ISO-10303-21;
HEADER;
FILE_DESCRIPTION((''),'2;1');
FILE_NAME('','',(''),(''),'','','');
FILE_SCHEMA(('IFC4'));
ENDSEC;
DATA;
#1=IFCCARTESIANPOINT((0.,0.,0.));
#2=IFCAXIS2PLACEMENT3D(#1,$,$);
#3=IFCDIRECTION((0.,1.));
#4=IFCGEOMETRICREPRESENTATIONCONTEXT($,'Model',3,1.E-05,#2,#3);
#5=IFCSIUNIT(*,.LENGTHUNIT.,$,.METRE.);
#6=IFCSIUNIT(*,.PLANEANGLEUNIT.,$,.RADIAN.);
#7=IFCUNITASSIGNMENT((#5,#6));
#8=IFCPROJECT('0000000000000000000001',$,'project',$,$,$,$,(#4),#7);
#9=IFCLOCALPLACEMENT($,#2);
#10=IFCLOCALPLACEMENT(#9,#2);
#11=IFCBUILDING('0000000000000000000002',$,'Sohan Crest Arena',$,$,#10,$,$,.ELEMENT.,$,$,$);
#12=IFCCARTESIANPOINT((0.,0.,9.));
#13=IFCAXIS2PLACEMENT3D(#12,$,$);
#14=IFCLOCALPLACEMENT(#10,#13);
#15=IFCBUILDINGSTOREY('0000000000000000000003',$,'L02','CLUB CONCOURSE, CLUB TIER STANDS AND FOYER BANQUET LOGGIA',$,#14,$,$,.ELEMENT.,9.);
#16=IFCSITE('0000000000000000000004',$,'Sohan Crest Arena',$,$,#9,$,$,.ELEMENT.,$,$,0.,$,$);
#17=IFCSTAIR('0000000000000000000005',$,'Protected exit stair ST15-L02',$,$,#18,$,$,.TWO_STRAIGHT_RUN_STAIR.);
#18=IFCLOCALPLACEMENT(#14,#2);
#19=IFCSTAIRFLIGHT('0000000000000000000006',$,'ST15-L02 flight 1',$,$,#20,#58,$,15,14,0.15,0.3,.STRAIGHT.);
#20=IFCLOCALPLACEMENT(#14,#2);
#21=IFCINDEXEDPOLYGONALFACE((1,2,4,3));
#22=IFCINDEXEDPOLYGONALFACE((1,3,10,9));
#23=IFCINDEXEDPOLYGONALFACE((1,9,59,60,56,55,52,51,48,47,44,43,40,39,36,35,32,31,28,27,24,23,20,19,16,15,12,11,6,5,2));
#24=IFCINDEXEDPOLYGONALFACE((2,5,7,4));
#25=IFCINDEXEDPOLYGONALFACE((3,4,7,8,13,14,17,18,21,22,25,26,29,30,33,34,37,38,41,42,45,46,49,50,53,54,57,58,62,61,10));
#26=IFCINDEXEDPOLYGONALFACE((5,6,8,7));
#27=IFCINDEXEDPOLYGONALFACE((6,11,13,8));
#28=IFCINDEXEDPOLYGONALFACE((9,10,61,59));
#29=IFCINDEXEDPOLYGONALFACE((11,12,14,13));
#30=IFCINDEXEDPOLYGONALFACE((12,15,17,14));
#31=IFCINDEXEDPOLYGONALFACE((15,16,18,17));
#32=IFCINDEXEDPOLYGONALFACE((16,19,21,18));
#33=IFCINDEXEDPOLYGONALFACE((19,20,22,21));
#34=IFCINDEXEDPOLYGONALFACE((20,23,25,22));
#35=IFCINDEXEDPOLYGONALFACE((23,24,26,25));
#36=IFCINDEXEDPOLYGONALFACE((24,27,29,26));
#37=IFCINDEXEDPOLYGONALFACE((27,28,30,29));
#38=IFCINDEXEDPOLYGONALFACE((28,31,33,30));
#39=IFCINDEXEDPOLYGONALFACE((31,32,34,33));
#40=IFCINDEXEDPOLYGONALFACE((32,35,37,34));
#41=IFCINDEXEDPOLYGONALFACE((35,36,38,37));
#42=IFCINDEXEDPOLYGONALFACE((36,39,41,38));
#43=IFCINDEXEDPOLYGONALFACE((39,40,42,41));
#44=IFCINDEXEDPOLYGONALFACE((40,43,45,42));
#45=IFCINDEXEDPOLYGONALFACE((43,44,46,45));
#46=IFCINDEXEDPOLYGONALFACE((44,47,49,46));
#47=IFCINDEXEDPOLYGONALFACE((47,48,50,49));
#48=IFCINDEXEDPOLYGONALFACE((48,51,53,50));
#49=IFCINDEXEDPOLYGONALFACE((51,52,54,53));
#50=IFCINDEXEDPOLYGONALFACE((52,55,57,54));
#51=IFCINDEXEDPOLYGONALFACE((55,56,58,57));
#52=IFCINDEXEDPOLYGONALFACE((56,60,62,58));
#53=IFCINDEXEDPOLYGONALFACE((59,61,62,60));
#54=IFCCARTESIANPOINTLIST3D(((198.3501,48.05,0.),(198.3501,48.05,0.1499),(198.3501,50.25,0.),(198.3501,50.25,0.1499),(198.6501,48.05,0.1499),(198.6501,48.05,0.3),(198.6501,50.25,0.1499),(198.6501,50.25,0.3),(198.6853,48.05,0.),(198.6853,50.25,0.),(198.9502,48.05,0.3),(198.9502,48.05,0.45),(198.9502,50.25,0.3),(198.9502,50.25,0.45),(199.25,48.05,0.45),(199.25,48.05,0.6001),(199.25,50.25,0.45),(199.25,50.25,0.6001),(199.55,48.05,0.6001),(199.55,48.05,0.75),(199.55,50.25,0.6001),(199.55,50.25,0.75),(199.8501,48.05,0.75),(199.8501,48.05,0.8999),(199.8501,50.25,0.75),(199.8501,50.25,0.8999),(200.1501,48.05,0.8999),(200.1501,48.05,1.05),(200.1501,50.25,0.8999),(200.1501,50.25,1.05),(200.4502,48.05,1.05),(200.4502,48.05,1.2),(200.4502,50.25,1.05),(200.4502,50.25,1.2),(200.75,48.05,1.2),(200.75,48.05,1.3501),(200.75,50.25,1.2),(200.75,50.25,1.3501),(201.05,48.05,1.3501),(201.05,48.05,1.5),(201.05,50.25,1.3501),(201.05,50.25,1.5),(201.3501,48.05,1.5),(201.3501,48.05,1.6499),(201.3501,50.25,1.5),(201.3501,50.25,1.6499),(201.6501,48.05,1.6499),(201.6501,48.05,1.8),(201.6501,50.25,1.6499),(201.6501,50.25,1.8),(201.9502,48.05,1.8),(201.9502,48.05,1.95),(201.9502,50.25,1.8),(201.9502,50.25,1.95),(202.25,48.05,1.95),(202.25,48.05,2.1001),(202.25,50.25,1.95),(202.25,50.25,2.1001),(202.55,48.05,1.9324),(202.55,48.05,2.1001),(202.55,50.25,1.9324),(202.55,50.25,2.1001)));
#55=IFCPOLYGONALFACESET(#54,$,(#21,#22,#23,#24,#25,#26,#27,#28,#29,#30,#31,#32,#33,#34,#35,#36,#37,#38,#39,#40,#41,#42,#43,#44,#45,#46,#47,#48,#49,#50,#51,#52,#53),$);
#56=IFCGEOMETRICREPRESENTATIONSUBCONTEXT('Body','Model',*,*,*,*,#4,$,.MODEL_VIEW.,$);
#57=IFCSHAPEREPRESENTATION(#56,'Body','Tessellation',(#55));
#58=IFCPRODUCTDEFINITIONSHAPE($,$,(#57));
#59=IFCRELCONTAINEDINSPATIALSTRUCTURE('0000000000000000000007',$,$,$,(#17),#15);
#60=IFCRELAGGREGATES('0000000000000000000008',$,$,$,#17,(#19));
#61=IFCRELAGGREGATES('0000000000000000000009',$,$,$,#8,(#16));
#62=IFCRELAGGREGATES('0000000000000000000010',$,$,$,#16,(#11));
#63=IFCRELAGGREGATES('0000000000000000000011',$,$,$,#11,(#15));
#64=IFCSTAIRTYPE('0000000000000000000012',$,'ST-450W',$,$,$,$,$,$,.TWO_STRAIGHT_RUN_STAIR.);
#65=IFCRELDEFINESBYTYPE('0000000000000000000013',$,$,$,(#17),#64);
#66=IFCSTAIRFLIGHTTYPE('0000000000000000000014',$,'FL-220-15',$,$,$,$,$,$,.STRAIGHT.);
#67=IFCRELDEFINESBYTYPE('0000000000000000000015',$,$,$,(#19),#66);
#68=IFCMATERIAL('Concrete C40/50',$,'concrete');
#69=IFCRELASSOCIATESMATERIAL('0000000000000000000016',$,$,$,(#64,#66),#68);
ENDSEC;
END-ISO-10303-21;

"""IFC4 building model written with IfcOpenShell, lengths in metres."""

from ifc_helpers import new_model, si_unit, direction, frame, origin, place, context, subcontext, project, spatial, polyline, outline, extrude, material, type_object, element, aggregate, save


model = new_model("IFC4")

# Units and contexts
model_context = context("Model", 3, precision=1e-05, world=origin(), true_north=direction((0.0, 1.0)))
body_context = subcontext(model_context, "Body", "Model", "MODEL_VIEW")
ifc_project = project(units=[si_unit("LENGTHUNIT", "METRE"), si_unit("PLANEANGLEUNIT", "RADIAN")], contexts=[model_context])

# Site, building, storey
site_placement = place(None, origin())
site = spatial("IfcSite", under=ifc_project, at=site_placement, Name="Sohan Crest Arena", CompositionType="ELEMENT", RefElevation=0.0)
building_placement = place(site_placement, origin())
building = spatial("IfcBuilding", under=site, at=building_placement, Name="Sohan Crest Arena", CompositionType="ELEMENT")
storey_placement = place(building_placement, frame((0.0, 0.0, 9.0)))
storey = spatial("IfcBuildingStorey", under=building, at=storey_placement, Name="L02", Description="CLUB CONCOURSE, CLUB TIER STANDS AND FOYER BANQUET LOGGIA", CompositionType="ELEMENT", Elevation=9.0)

# Shared definitions
ifc_material_1 = material(Name="Concrete C40/50", Category="concrete")

# Stair, stair flight
stair_type = type_object("IfcStairType", Name="ST-450W", PredefinedType="TWO_STRAIGHT_RUN_STAIR", material=ifc_material_1)
stair_placement = place(storey_placement, origin())
stair = element("IfcStair", 1, at=stair_placement, inside=storey, type_object=stair_type, Name="Protected exit stair ST15-L02", PredefinedType="TWO_STRAIGHT_RUN_STAIR")
stair_flight_type = type_object("IfcStairFlightType", Name="FL-220-15", PredefinedType="STRAIGHT", material=ifc_material_1)
stair_flight_placement = place(storey_placement, frame((198.3501, 49.1499, 0.0), z_axis=(0.0, 0.0, 1.0), x_axis=(1.0, 0.0, 0.0)))
stair_flight = element("IfcStairFlight", 2, at=stair_flight_placement, type_object=stair_flight_type, Name="ST15-L02 flight 1", NumberOfRisers=15, NumberOfTreads=14, PredefinedType="STRAIGHT", RiserHeight=0.15, TreadLength=0.3, context=body_context, shape_type="SweptSolid", body=[
    extrude(outline(polyline([(0.0, 0.0), (0.0, 0.1499), (0.3, 0.1499), (0.3, 0.3), (0.6001, 0.3), (0.6001, 0.45), (0.8999, 0.45), (0.8999, 0.6001), (1.2, 0.6001), (1.2, 0.75), (1.5, 0.75), (1.5, 0.8999), (1.8, 0.8999), (1.8, 1.05), (2.1001, 1.05), (2.1001, 1.2), (2.3999, 1.2), (2.3999, 1.3501), (2.7, 1.3501), (2.7, 1.5), (3.0, 1.5), (3.0, 1.6499), (3.3, 1.6499), (3.3, 1.8), (3.6001, 1.8), (3.6001, 1.95), (3.8999, 1.95), (3.8999, 2.1001), (4.2, 2.1001), (4.2, 2.25), (4.2, 1.9324), (0.3352, 0.0), (0.0, 0.0)])), frame((0.0, 1.1001, 0.0), z_axis=(0.0, -1.0, 0.0), x_axis=(1.0, 0.0, 0.0)), (0.0, 0.0, 1.0), 2.2),
])
aggregate(stair, [stair_flight])

save(model, "model.ifc")
